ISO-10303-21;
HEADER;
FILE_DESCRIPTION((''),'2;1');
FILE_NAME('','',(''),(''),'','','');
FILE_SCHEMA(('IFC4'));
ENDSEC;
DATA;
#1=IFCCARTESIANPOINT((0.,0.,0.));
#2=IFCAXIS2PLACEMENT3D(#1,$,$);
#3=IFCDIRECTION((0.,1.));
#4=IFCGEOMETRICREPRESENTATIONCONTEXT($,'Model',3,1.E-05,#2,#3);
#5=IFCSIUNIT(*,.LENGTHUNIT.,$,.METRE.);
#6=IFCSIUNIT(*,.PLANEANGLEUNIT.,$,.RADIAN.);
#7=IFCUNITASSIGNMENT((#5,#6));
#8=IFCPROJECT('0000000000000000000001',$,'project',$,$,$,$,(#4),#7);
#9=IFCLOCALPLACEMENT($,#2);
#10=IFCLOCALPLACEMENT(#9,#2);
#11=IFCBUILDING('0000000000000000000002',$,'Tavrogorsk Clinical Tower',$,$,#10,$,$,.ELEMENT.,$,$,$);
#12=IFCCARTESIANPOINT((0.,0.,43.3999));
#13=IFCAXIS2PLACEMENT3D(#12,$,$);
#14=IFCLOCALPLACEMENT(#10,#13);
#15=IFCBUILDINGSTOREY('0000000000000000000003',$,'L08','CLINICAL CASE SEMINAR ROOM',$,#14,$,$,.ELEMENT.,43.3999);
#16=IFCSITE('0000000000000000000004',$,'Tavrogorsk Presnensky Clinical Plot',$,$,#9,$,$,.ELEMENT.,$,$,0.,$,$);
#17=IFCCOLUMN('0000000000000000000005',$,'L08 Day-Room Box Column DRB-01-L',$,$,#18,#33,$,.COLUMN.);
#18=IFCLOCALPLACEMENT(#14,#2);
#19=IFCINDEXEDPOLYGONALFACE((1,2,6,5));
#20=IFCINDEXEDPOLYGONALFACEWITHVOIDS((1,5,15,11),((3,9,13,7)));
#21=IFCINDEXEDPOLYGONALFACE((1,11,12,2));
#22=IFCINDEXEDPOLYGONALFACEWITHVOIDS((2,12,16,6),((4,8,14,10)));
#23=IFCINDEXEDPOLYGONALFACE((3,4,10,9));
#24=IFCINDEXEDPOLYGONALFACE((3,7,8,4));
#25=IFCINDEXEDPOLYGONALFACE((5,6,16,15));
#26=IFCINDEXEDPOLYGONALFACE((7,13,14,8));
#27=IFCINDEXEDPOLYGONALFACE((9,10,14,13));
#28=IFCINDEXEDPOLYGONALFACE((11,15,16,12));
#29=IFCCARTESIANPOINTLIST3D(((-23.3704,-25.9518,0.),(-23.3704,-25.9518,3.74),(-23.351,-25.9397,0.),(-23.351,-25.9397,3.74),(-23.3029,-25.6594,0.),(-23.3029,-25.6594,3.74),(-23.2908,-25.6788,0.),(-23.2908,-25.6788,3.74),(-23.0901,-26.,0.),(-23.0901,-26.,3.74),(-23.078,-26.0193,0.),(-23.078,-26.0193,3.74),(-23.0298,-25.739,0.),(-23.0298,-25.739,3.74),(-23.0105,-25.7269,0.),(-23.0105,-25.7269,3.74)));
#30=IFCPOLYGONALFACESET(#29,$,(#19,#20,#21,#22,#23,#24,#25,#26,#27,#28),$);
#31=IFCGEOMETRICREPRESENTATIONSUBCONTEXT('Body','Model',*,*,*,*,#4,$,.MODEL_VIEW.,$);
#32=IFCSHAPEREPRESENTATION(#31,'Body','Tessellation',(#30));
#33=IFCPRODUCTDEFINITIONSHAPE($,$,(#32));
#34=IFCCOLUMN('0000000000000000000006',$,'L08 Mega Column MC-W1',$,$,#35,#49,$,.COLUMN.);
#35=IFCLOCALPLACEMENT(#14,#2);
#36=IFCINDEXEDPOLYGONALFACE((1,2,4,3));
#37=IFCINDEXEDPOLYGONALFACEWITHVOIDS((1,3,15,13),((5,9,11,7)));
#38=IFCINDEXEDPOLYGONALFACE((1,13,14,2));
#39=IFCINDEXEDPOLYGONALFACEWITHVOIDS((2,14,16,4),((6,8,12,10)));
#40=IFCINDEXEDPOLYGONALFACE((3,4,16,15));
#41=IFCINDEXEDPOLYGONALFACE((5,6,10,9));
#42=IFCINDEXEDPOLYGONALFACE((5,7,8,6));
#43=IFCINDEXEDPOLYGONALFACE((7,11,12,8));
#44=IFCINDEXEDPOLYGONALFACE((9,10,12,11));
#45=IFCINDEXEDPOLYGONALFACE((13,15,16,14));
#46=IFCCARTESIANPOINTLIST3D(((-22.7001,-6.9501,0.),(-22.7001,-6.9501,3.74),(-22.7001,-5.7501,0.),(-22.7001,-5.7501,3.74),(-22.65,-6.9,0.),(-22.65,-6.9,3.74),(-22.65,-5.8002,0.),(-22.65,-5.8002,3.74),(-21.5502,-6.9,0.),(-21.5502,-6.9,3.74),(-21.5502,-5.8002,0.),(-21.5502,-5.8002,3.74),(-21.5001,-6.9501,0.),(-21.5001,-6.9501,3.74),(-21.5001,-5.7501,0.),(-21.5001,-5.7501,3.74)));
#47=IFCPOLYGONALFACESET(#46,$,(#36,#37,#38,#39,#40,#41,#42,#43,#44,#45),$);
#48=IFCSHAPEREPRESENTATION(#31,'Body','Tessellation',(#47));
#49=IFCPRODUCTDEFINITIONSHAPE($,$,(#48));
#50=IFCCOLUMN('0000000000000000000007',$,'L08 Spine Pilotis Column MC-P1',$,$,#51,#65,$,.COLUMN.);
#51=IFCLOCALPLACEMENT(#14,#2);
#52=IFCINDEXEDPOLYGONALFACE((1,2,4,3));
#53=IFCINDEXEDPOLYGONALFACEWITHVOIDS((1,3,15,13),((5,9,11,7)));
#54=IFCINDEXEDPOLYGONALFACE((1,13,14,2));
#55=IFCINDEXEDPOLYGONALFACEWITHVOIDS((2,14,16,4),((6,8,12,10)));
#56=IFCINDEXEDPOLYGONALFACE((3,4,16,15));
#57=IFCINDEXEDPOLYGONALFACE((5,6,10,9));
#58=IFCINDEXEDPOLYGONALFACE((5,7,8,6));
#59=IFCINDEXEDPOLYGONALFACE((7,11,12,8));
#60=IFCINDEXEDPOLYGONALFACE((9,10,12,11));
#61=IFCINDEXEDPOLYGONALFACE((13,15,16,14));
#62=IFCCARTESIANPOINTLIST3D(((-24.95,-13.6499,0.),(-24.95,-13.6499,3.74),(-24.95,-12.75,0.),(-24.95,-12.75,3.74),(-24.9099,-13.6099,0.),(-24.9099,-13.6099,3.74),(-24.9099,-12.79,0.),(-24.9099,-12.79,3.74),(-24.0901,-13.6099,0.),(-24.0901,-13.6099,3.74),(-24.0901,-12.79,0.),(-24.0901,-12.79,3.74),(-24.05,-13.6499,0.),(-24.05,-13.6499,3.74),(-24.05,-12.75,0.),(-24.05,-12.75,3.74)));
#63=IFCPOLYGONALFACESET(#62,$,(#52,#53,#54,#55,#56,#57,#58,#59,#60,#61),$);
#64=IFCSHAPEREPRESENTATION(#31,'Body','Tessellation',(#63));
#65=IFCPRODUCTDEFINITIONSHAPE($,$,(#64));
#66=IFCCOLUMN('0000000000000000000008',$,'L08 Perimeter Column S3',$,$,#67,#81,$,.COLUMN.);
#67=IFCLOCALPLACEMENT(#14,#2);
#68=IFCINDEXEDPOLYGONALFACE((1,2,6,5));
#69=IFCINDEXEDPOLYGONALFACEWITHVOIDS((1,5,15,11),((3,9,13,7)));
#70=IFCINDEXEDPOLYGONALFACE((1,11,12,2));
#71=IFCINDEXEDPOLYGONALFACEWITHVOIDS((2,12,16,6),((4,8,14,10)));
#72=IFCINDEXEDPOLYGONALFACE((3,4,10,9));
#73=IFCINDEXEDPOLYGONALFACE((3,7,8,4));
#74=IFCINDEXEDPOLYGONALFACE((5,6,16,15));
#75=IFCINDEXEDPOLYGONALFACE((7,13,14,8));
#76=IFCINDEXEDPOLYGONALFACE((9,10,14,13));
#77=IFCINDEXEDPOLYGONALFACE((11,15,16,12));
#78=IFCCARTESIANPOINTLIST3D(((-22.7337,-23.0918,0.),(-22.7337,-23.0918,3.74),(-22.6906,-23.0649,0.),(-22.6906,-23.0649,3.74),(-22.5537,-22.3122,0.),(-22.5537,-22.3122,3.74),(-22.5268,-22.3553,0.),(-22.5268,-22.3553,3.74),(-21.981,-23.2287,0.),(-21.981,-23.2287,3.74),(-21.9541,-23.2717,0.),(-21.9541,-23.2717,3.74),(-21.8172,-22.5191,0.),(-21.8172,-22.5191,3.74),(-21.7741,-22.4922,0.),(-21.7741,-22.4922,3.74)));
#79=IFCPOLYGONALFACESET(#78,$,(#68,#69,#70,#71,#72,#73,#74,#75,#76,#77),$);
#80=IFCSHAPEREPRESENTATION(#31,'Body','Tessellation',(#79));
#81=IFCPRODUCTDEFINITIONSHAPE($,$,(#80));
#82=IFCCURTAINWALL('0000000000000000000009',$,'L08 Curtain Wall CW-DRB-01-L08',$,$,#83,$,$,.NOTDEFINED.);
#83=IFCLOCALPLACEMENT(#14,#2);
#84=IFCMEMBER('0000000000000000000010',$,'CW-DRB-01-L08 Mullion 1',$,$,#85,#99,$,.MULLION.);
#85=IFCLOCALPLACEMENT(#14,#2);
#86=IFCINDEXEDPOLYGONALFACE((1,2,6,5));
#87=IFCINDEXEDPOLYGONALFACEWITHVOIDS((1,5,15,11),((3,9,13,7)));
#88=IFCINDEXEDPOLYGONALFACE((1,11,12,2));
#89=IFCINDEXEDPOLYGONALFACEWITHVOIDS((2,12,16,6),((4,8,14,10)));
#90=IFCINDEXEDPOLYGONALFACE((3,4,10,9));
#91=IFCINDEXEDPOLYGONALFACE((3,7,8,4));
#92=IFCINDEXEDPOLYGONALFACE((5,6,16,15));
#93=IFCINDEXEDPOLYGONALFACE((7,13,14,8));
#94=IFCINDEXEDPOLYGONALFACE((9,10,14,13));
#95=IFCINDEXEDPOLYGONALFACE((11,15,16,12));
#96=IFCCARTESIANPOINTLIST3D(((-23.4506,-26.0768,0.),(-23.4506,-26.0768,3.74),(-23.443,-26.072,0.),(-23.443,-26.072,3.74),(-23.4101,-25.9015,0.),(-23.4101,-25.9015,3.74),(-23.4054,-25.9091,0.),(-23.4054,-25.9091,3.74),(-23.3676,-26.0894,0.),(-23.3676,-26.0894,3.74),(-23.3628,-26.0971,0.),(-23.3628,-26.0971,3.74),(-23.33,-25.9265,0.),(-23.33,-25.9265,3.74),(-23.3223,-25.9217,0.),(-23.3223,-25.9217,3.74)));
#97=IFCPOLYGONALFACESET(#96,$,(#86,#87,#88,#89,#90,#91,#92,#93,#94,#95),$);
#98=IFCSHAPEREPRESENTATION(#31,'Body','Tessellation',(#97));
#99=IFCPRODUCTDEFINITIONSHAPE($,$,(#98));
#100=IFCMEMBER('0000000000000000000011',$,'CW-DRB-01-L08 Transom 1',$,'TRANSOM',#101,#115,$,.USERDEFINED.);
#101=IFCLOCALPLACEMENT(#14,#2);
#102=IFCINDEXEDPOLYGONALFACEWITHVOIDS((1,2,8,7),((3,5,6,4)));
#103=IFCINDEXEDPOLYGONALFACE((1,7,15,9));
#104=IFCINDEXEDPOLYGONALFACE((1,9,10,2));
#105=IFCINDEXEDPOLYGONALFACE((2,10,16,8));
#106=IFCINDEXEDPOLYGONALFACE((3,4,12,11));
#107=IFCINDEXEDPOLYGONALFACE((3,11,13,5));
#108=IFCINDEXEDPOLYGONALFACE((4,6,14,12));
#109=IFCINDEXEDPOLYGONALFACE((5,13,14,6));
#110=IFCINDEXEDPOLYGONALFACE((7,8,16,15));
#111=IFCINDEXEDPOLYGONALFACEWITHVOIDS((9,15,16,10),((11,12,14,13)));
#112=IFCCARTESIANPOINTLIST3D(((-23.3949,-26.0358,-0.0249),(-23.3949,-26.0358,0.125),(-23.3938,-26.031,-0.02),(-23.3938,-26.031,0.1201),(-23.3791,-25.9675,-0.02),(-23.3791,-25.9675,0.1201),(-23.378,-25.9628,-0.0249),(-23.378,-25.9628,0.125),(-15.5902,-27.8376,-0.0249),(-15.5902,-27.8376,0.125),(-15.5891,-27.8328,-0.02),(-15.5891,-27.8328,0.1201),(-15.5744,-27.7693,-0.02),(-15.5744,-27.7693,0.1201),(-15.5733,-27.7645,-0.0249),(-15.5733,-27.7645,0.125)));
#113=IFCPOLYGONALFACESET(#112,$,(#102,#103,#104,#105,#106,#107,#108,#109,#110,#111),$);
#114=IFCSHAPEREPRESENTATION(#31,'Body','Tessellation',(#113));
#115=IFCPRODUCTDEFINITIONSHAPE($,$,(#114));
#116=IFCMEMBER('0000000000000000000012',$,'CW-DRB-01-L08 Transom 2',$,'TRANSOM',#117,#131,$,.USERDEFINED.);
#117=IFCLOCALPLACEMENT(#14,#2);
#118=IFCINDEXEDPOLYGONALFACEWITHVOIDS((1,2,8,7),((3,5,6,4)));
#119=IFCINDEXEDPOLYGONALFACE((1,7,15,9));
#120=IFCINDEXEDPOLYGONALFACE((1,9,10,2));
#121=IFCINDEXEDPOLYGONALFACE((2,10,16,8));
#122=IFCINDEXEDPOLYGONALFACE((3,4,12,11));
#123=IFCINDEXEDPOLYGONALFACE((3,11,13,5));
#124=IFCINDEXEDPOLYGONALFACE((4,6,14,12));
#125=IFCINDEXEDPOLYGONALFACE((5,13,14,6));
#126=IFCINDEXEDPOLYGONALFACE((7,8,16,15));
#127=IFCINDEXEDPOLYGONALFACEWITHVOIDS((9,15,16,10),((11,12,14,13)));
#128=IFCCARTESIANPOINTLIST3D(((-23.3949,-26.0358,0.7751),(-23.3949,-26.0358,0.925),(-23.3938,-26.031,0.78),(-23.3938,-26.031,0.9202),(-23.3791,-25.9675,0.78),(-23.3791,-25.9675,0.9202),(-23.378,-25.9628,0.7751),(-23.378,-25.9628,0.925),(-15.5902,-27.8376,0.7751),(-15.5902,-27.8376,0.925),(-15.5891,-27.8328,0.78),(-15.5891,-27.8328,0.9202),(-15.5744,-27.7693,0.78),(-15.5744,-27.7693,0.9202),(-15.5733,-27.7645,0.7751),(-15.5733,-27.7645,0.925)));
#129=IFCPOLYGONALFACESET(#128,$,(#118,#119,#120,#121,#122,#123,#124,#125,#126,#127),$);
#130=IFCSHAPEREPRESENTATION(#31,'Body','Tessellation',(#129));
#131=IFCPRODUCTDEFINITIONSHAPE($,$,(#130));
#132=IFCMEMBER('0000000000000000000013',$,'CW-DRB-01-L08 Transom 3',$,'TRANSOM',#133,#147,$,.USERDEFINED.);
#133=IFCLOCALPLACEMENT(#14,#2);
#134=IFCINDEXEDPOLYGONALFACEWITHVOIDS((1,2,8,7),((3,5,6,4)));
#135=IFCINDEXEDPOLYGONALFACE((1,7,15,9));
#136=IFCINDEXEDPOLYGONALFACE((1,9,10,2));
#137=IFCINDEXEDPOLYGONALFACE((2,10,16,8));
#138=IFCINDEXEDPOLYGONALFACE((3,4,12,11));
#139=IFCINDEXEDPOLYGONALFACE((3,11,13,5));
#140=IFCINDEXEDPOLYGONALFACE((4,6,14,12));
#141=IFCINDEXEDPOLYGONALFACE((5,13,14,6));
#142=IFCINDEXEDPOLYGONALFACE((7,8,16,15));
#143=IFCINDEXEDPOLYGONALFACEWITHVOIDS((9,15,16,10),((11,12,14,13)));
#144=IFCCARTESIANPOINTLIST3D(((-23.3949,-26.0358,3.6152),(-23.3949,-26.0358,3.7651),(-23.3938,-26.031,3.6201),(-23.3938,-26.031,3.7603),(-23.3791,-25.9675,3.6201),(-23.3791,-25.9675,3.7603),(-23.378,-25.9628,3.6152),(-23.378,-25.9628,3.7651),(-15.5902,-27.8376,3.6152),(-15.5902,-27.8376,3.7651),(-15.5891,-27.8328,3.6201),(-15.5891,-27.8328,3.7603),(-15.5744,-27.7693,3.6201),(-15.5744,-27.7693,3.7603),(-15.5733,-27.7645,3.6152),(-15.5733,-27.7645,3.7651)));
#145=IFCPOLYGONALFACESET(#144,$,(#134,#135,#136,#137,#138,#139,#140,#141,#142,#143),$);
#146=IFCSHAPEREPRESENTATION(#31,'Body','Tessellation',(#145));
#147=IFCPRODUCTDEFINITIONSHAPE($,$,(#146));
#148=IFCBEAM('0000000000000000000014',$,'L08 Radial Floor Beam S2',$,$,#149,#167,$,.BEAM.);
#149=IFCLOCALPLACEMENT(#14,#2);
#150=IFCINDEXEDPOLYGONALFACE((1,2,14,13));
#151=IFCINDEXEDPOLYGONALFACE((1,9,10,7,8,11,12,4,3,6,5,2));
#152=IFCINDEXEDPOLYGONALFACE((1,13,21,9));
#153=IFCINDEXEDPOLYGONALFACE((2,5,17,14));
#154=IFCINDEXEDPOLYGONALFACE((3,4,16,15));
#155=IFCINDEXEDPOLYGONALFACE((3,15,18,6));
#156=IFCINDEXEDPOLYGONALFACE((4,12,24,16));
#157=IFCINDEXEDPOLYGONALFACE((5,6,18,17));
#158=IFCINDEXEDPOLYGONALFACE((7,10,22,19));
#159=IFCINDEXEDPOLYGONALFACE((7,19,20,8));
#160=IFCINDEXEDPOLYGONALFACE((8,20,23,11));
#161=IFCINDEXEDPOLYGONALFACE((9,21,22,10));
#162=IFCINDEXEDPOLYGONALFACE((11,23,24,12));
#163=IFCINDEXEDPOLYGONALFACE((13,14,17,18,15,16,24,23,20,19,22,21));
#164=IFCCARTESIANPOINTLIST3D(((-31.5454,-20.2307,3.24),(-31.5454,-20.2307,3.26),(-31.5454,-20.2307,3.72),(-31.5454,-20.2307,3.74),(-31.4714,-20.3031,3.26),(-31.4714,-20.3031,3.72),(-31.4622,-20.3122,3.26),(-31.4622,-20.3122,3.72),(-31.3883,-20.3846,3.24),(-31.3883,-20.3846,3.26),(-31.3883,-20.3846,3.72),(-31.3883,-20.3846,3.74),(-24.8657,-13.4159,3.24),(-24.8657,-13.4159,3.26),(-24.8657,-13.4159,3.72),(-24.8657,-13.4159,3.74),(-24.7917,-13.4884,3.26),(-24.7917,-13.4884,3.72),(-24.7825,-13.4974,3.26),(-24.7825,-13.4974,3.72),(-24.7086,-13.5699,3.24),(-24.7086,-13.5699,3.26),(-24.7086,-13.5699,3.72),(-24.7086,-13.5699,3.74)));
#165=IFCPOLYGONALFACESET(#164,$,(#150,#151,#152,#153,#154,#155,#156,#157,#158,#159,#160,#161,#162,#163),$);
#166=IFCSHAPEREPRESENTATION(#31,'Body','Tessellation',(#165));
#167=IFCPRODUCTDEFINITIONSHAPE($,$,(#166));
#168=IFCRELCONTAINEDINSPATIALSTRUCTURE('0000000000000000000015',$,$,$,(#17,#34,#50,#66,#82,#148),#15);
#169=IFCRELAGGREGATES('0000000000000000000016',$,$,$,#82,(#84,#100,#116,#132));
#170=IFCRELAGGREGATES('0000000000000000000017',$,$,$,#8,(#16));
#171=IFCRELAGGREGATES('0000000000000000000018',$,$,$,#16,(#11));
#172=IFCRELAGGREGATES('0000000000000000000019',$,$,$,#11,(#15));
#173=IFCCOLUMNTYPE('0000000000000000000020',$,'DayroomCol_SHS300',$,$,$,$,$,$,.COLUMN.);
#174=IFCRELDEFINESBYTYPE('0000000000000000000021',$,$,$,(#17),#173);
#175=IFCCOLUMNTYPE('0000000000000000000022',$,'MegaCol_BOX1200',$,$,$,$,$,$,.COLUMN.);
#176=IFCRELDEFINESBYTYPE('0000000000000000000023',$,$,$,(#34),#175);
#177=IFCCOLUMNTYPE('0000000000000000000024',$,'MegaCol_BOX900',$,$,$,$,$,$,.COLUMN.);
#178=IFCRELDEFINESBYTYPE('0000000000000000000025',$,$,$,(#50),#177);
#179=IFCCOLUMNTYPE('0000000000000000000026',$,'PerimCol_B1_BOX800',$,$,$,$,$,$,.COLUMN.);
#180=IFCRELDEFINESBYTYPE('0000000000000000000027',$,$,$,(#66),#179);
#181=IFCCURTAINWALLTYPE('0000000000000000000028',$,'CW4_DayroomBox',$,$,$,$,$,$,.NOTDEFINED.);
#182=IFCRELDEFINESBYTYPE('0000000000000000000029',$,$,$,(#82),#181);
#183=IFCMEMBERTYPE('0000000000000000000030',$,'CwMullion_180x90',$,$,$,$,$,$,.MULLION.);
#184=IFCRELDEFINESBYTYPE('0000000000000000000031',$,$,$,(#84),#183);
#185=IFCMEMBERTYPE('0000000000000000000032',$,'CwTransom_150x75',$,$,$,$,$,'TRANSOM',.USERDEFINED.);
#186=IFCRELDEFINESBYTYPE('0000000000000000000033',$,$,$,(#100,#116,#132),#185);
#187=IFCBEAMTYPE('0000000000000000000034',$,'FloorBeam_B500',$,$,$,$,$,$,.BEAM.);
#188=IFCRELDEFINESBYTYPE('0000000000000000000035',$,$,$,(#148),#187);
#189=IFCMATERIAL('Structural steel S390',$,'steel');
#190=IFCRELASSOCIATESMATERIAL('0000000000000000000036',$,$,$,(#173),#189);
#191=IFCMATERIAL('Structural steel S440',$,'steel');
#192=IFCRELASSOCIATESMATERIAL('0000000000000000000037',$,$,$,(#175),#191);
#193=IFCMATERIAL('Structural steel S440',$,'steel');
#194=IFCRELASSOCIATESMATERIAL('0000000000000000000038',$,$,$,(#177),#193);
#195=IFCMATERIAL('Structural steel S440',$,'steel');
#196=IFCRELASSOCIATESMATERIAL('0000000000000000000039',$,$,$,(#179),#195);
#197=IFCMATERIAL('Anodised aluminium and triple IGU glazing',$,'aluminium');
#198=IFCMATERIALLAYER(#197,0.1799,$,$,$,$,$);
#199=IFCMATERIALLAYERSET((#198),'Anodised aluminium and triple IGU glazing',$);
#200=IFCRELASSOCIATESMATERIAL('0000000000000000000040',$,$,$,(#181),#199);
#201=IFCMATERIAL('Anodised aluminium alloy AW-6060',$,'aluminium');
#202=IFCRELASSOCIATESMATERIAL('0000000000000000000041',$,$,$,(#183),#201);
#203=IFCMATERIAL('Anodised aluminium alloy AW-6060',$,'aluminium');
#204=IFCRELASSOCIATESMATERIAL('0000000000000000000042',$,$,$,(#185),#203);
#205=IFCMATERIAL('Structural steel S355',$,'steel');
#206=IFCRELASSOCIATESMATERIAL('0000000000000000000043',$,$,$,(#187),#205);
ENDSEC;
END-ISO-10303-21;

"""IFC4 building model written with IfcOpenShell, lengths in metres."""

from ifc_helpers import new_model, si_unit, direction, frame, origin, origin_2d, place, context, subcontext, project, spatial, hollow_rectangle, i_section, extrude, material, layer, layer_set, material_profile, profile_set, type_object, element, aggregate, save


model = new_model("IFC4")

# Units and contexts
model_context = context("Model", 3, precision=1e-05, world=origin(), true_north=direction((0.0, 1.0)))
body_context = subcontext(model_context, "Body", "Model", "MODEL_VIEW")
ifc_project = project(units=[si_unit("LENGTHUNIT", "METRE"), si_unit("PLANEANGLEUNIT", "RADIAN")], contexts=[model_context])

# Site, building, storey
site_placement = place(None, origin())
site = spatial("IfcSite", under=ifc_project, at=site_placement, Name="Tavrogorsk Presnensky Clinical Plot", CompositionType="ELEMENT", RefElevation=0.0)
building_placement = place(site_placement, origin())
building = spatial("IfcBuilding", under=site, at=building_placement, Name="Tavrogorsk Clinical Tower", CompositionType="ELEMENT")
storey_placement = place(building_placement, frame((0.0, 0.0, 43.3999)))
storey = spatial("IfcBuildingStorey", under=building, at=storey_placement, Name="L08", Description="CLINICAL CASE SEMINAR ROOM", CompositionType="ELEMENT", Elevation=43.3999)

# Columns
ifc_material_1 = material(Name="Structural steel S390", Category="steel")
ifc_material_profile_1 = material_profile(ifc_material_1, hollow_rectangle(XDim=0.3, YDim=0.3, WallThickness=0.0161, at=origin_2d()), Name="SHS-300x300x16")
ifc_profile_set_1 = profile_set([ifc_material_profile_1], Name="Structural steel S390")
column_type_1 = type_object("IfcColumnType", Name="DayroomCol_SHS300", PredefinedType="COLUMN", material=ifc_profile_set_1)
column_1_placement = place(storey_placement, frame((-23.1904, -25.8394, 0.0), z_axis=(0.0, 0.0, 1.0), x_axis=(0.97437, -0.224951, 0.0)))
element("IfcColumn", 1, at=column_1_placement, inside=storey, type_object=column_type_1, Name="L08 Day-Room Box Column DRB-01-L", PredefinedType="COLUMN", context=body_context, shape_type="SweptSolid", body=[
    extrude(hollow_rectangle(XDim=0.3, YDim=0.3, WallThickness=0.0161, at=origin_2d()), origin(), (0.0, 0.0, 1.0), 3.74),
])
ifc_material_2 = material(Name="Structural steel S440", Category="steel")
ifc_material_profile_2 = material_profile(ifc_material_2, hollow_rectangle(XDim=1.2, YDim=1.2, WallThickness=0.05, at=origin_2d()), Name="BOX-1200x1200x50")
ifc_profile_set_2 = profile_set([ifc_material_profile_2], Name="Structural steel S440")
column_type_2 = type_object("IfcColumnType", Name="MegaCol_BOX1200", PredefinedType="COLUMN", material=ifc_profile_set_2)
column_2_placement = place(storey_placement, frame((-22.1001, -6.3501, 0.0), z_axis=(0.0, 0.0, 1.0), x_axis=(1.0, 0.0, 0.0)))
element("IfcColumn", 2, at=column_2_placement, inside=storey, type_object=column_type_2, Name="L08 Mega Column MC-W1", PredefinedType="COLUMN", context=body_context, shape_type="SweptSolid", body=[
    extrude(hollow_rectangle(XDim=1.2, YDim=1.2, WallThickness=0.05, at=origin_2d()), origin(), (0.0, 0.0, 1.0), 3.74),
])
ifc_material_3 = material(Name="Structural steel S440", Category="steel")
ifc_material_profile_3 = material_profile(ifc_material_3, hollow_rectangle(XDim=0.8999, YDim=0.8999, WallThickness=0.04, at=origin_2d()), Name="BOX-900x900x40")
ifc_profile_set_3 = profile_set([ifc_material_profile_3], Name="Structural steel S440")
column_type_3 = type_object("IfcColumnType", Name="MegaCol_BOX900", PredefinedType="COLUMN", material=ifc_profile_set_3)
column_3_placement = place(storey_placement, frame((-24.5, -13.2, 0.0), z_axis=(0.0, 0.0, 1.0), x_axis=(1.0, 0.0, 0.0)))
element("IfcColumn", 3, at=column_3_placement, inside=storey, type_object=column_type_3, Name="L08 Spine Pilotis Column MC-P1", PredefinedType="COLUMN", context=body_context, shape_type="SweptSolid", body=[
    extrude(hollow_rectangle(XDim=0.8999, YDim=0.8999, WallThickness=0.04, at=origin_2d()), origin(), (0.0, 0.0, 1.0), 3.74),
])
ifc_material_4 = material(Name="Structural steel S440", Category="steel")
ifc_material_profile_4 = material_profile(ifc_material_4, hollow_rectangle(XDim=0.8, YDim=0.8, WallThickness=0.0359, at=origin_2d()), Name="BOX-800x800x36")
ifc_profile_set_4 = profile_set([ifc_material_profile_4], Name="Structural steel S440")
column_type_4 = type_object("IfcColumnType", Name="PerimCol_B1_BOX800", PredefinedType="COLUMN", material=ifc_profile_set_4)
column_4_placement = place(storey_placement, frame((-22.2539, -22.792, 0.0), z_axis=(0.0, 0.0, 1.0), x_axis=(0.97437, -0.224951, 0.0)))
element("IfcColumn", 4, at=column_4_placement, inside=storey, type_object=column_type_4, Name="L08 Perimeter Column S3", PredefinedType="COLUMN", context=body_context, shape_type="SweptSolid", body=[
    extrude(hollow_rectangle(XDim=0.8, YDim=0.8, WallThickness=0.0359, at=origin_2d()), origin(), (0.0, 0.0, 1.0), 3.74),
])

# Curtain wall, members
ifc_material_5 = material(Name="Anodised aluminium and triple IGU glazing", Category="aluminium")
ifc_layer_1 = layer(ifc_material_5, 0.1799)
ifc_layer_set_1 = layer_set([ifc_layer_1], Name="Anodised aluminium and triple IGU glazing")
curtain_wall_type = type_object("IfcCurtainWallType", Name="CW4_DayroomBox", PredefinedType="NOTDEFINED", material=ifc_layer_set_1)
curtain_wall_placement = place(storey_placement, origin())
curtain_wall = element("IfcCurtainWall", 5, at=curtain_wall_placement, inside=storey, type_object=curtain_wall_type, Name="L08 Curtain Wall CW-DRB-01-L08", PredefinedType="NOTDEFINED")
ifc_material_6 = material(Name="Anodised aluminium alloy AW-6060", Category="aluminium")
ifc_material_profile_5 = material_profile(ifc_material_6, hollow_rectangle(XDim=0.0901, YDim=0.1799, WallThickness=0.0063, at=origin_2d()), Name="RHS-180x90x6.3")
ifc_profile_set_5 = profile_set([ifc_material_profile_5], Name="Anodised aluminium alloy AW-6060")
member_type_1 = type_object("IfcMemberType", Name="CwMullion_180x90", PredefinedType="MULLION", material=ifc_profile_set_5)
member_1_placement = place(storey_placement, frame((-23.3865, -25.9993, 0.0), z_axis=(0.0, 0.0, 1.0), x_axis=(0.97437, -0.224951, 0.0)))
member_1 = element("IfcMember", 6, at=member_1_placement, type_object=member_type_1, Name="CW-DRB-01-L08 Mullion 1", PredefinedType="MULLION", context=body_context, shape_type="SweptSolid", body=[
    extrude(hollow_rectangle(XDim=0.0901, YDim=0.1799, WallThickness=0.0063, at=origin_2d()), origin(), (0.0, 0.0, 1.0), 3.74),
])
ifc_material_7 = material(Name="Anodised aluminium alloy AW-6060", Category="aluminium")
ifc_material_profile_6 = material_profile(ifc_material_7, hollow_rectangle(XDim=0.075, YDim=0.1499, WallThickness=0.0049, at=origin_2d()), Name="RHS-150x75x5")
ifc_profile_set_6 = profile_set([ifc_material_profile_6], Name="Anodised aluminium alloy AW-6060")
member_type_2 = type_object("IfcMemberType", Name="CwTransom_150x75", ElementType="TRANSOM", PredefinedType="USERDEFINED", material=ifc_profile_set_6)
member_2_placement = place(storey_placement, frame((-23.3865, -25.9993, 0.05), z_axis=(0.974373, -0.22494, 0.0), x_axis=(0.22494, 0.974373, 0.0)))
member_2 = element("IfcMember", 7, at=member_2_placement, type_object=member_type_2, Name="CW-DRB-01-L08 Transom 1", ObjectType="TRANSOM", PredefinedType="USERDEFINED", context=body_context, shape_type="SweptSolid", body=[
    extrude(hollow_rectangle(XDim=0.075, YDim=0.1499, WallThickness=0.0049, at=origin_2d()), origin(), (0.0, 0.0, 1.0), 8.01),
])
member_3_placement = place(storey_placement, frame((-23.3865, -25.9993, 0.8501), z_axis=(0.974373, -0.22494, 0.0), x_axis=(0.22494, 0.974373, 0.0)))
member_3 = element("IfcMember", 8, at=member_3_placement, type_object=member_type_2, Name="CW-DRB-01-L08 Transom 2", ObjectType="TRANSOM", PredefinedType="USERDEFINED", context=body_context, shape_type="SweptSolid", body=[
    extrude(hollow_rectangle(XDim=0.075, YDim=0.1499, WallThickness=0.0049, at=origin_2d()), origin(), (0.0, 0.0, 1.0), 8.01),
])
member_4_placement = place(storey_placement, frame((-23.3865, -25.9993, 3.6902), z_axis=(0.974373, -0.22494, 0.0), x_axis=(0.22494, 0.974373, 0.0)))
member_4 = element("IfcMember", 9, at=member_4_placement, type_object=member_type_2, Name="CW-DRB-01-L08 Transom 3", ObjectType="TRANSOM", PredefinedType="USERDEFINED", context=body_context, shape_type="SweptSolid", body=[
    extrude(hollow_rectangle(XDim=0.075, YDim=0.1499, WallThickness=0.0049, at=origin_2d()), origin(), (0.0, 0.0, 1.0), 8.01),
])

# Beam
ifc_material_8 = material(Name="Structural steel S355", Category="steel")
ifc_material_profile_7 = material_profile(ifc_material_8, i_section(OverallWidth=0.22, OverallDepth=0.5, WebThickness=0.0129, FlangeThickness=0.02, at=origin_2d()), Name="B-500x220x13x20")
ifc_profile_set_7 = profile_set([ifc_material_profile_7], Name="Structural steel S355")
beam_type_1 = type_object("IfcBeamType", Name="FloorBeam_B500", PredefinedType="BEAM", material=ifc_profile_set_7)
beam_1_placement = place(storey_placement, frame((-24.7871, -13.4929, 3.49), z_axis=(-0.699997, -0.714146, 0.0), x_axis=(0.714146, -0.699997, 0.0)))
element("IfcBeam", 10, at=beam_1_placement, inside=storey, type_object=beam_type_1, Name="L08 Radial Floor Beam S2", PredefinedType="BEAM", context=body_context, shape_type="SweptSolid", body=[
    extrude(i_section(OverallWidth=0.22, OverallDepth=0.5, WebThickness=0.0129, FlangeThickness=0.02, at=origin_2d()), origin(), (0.0, 0.0, 1.0), 9.5425),
])

aggregate(curtain_wall, [member_1, member_2, member_3, member_4])

save(model, "model.ifc")
